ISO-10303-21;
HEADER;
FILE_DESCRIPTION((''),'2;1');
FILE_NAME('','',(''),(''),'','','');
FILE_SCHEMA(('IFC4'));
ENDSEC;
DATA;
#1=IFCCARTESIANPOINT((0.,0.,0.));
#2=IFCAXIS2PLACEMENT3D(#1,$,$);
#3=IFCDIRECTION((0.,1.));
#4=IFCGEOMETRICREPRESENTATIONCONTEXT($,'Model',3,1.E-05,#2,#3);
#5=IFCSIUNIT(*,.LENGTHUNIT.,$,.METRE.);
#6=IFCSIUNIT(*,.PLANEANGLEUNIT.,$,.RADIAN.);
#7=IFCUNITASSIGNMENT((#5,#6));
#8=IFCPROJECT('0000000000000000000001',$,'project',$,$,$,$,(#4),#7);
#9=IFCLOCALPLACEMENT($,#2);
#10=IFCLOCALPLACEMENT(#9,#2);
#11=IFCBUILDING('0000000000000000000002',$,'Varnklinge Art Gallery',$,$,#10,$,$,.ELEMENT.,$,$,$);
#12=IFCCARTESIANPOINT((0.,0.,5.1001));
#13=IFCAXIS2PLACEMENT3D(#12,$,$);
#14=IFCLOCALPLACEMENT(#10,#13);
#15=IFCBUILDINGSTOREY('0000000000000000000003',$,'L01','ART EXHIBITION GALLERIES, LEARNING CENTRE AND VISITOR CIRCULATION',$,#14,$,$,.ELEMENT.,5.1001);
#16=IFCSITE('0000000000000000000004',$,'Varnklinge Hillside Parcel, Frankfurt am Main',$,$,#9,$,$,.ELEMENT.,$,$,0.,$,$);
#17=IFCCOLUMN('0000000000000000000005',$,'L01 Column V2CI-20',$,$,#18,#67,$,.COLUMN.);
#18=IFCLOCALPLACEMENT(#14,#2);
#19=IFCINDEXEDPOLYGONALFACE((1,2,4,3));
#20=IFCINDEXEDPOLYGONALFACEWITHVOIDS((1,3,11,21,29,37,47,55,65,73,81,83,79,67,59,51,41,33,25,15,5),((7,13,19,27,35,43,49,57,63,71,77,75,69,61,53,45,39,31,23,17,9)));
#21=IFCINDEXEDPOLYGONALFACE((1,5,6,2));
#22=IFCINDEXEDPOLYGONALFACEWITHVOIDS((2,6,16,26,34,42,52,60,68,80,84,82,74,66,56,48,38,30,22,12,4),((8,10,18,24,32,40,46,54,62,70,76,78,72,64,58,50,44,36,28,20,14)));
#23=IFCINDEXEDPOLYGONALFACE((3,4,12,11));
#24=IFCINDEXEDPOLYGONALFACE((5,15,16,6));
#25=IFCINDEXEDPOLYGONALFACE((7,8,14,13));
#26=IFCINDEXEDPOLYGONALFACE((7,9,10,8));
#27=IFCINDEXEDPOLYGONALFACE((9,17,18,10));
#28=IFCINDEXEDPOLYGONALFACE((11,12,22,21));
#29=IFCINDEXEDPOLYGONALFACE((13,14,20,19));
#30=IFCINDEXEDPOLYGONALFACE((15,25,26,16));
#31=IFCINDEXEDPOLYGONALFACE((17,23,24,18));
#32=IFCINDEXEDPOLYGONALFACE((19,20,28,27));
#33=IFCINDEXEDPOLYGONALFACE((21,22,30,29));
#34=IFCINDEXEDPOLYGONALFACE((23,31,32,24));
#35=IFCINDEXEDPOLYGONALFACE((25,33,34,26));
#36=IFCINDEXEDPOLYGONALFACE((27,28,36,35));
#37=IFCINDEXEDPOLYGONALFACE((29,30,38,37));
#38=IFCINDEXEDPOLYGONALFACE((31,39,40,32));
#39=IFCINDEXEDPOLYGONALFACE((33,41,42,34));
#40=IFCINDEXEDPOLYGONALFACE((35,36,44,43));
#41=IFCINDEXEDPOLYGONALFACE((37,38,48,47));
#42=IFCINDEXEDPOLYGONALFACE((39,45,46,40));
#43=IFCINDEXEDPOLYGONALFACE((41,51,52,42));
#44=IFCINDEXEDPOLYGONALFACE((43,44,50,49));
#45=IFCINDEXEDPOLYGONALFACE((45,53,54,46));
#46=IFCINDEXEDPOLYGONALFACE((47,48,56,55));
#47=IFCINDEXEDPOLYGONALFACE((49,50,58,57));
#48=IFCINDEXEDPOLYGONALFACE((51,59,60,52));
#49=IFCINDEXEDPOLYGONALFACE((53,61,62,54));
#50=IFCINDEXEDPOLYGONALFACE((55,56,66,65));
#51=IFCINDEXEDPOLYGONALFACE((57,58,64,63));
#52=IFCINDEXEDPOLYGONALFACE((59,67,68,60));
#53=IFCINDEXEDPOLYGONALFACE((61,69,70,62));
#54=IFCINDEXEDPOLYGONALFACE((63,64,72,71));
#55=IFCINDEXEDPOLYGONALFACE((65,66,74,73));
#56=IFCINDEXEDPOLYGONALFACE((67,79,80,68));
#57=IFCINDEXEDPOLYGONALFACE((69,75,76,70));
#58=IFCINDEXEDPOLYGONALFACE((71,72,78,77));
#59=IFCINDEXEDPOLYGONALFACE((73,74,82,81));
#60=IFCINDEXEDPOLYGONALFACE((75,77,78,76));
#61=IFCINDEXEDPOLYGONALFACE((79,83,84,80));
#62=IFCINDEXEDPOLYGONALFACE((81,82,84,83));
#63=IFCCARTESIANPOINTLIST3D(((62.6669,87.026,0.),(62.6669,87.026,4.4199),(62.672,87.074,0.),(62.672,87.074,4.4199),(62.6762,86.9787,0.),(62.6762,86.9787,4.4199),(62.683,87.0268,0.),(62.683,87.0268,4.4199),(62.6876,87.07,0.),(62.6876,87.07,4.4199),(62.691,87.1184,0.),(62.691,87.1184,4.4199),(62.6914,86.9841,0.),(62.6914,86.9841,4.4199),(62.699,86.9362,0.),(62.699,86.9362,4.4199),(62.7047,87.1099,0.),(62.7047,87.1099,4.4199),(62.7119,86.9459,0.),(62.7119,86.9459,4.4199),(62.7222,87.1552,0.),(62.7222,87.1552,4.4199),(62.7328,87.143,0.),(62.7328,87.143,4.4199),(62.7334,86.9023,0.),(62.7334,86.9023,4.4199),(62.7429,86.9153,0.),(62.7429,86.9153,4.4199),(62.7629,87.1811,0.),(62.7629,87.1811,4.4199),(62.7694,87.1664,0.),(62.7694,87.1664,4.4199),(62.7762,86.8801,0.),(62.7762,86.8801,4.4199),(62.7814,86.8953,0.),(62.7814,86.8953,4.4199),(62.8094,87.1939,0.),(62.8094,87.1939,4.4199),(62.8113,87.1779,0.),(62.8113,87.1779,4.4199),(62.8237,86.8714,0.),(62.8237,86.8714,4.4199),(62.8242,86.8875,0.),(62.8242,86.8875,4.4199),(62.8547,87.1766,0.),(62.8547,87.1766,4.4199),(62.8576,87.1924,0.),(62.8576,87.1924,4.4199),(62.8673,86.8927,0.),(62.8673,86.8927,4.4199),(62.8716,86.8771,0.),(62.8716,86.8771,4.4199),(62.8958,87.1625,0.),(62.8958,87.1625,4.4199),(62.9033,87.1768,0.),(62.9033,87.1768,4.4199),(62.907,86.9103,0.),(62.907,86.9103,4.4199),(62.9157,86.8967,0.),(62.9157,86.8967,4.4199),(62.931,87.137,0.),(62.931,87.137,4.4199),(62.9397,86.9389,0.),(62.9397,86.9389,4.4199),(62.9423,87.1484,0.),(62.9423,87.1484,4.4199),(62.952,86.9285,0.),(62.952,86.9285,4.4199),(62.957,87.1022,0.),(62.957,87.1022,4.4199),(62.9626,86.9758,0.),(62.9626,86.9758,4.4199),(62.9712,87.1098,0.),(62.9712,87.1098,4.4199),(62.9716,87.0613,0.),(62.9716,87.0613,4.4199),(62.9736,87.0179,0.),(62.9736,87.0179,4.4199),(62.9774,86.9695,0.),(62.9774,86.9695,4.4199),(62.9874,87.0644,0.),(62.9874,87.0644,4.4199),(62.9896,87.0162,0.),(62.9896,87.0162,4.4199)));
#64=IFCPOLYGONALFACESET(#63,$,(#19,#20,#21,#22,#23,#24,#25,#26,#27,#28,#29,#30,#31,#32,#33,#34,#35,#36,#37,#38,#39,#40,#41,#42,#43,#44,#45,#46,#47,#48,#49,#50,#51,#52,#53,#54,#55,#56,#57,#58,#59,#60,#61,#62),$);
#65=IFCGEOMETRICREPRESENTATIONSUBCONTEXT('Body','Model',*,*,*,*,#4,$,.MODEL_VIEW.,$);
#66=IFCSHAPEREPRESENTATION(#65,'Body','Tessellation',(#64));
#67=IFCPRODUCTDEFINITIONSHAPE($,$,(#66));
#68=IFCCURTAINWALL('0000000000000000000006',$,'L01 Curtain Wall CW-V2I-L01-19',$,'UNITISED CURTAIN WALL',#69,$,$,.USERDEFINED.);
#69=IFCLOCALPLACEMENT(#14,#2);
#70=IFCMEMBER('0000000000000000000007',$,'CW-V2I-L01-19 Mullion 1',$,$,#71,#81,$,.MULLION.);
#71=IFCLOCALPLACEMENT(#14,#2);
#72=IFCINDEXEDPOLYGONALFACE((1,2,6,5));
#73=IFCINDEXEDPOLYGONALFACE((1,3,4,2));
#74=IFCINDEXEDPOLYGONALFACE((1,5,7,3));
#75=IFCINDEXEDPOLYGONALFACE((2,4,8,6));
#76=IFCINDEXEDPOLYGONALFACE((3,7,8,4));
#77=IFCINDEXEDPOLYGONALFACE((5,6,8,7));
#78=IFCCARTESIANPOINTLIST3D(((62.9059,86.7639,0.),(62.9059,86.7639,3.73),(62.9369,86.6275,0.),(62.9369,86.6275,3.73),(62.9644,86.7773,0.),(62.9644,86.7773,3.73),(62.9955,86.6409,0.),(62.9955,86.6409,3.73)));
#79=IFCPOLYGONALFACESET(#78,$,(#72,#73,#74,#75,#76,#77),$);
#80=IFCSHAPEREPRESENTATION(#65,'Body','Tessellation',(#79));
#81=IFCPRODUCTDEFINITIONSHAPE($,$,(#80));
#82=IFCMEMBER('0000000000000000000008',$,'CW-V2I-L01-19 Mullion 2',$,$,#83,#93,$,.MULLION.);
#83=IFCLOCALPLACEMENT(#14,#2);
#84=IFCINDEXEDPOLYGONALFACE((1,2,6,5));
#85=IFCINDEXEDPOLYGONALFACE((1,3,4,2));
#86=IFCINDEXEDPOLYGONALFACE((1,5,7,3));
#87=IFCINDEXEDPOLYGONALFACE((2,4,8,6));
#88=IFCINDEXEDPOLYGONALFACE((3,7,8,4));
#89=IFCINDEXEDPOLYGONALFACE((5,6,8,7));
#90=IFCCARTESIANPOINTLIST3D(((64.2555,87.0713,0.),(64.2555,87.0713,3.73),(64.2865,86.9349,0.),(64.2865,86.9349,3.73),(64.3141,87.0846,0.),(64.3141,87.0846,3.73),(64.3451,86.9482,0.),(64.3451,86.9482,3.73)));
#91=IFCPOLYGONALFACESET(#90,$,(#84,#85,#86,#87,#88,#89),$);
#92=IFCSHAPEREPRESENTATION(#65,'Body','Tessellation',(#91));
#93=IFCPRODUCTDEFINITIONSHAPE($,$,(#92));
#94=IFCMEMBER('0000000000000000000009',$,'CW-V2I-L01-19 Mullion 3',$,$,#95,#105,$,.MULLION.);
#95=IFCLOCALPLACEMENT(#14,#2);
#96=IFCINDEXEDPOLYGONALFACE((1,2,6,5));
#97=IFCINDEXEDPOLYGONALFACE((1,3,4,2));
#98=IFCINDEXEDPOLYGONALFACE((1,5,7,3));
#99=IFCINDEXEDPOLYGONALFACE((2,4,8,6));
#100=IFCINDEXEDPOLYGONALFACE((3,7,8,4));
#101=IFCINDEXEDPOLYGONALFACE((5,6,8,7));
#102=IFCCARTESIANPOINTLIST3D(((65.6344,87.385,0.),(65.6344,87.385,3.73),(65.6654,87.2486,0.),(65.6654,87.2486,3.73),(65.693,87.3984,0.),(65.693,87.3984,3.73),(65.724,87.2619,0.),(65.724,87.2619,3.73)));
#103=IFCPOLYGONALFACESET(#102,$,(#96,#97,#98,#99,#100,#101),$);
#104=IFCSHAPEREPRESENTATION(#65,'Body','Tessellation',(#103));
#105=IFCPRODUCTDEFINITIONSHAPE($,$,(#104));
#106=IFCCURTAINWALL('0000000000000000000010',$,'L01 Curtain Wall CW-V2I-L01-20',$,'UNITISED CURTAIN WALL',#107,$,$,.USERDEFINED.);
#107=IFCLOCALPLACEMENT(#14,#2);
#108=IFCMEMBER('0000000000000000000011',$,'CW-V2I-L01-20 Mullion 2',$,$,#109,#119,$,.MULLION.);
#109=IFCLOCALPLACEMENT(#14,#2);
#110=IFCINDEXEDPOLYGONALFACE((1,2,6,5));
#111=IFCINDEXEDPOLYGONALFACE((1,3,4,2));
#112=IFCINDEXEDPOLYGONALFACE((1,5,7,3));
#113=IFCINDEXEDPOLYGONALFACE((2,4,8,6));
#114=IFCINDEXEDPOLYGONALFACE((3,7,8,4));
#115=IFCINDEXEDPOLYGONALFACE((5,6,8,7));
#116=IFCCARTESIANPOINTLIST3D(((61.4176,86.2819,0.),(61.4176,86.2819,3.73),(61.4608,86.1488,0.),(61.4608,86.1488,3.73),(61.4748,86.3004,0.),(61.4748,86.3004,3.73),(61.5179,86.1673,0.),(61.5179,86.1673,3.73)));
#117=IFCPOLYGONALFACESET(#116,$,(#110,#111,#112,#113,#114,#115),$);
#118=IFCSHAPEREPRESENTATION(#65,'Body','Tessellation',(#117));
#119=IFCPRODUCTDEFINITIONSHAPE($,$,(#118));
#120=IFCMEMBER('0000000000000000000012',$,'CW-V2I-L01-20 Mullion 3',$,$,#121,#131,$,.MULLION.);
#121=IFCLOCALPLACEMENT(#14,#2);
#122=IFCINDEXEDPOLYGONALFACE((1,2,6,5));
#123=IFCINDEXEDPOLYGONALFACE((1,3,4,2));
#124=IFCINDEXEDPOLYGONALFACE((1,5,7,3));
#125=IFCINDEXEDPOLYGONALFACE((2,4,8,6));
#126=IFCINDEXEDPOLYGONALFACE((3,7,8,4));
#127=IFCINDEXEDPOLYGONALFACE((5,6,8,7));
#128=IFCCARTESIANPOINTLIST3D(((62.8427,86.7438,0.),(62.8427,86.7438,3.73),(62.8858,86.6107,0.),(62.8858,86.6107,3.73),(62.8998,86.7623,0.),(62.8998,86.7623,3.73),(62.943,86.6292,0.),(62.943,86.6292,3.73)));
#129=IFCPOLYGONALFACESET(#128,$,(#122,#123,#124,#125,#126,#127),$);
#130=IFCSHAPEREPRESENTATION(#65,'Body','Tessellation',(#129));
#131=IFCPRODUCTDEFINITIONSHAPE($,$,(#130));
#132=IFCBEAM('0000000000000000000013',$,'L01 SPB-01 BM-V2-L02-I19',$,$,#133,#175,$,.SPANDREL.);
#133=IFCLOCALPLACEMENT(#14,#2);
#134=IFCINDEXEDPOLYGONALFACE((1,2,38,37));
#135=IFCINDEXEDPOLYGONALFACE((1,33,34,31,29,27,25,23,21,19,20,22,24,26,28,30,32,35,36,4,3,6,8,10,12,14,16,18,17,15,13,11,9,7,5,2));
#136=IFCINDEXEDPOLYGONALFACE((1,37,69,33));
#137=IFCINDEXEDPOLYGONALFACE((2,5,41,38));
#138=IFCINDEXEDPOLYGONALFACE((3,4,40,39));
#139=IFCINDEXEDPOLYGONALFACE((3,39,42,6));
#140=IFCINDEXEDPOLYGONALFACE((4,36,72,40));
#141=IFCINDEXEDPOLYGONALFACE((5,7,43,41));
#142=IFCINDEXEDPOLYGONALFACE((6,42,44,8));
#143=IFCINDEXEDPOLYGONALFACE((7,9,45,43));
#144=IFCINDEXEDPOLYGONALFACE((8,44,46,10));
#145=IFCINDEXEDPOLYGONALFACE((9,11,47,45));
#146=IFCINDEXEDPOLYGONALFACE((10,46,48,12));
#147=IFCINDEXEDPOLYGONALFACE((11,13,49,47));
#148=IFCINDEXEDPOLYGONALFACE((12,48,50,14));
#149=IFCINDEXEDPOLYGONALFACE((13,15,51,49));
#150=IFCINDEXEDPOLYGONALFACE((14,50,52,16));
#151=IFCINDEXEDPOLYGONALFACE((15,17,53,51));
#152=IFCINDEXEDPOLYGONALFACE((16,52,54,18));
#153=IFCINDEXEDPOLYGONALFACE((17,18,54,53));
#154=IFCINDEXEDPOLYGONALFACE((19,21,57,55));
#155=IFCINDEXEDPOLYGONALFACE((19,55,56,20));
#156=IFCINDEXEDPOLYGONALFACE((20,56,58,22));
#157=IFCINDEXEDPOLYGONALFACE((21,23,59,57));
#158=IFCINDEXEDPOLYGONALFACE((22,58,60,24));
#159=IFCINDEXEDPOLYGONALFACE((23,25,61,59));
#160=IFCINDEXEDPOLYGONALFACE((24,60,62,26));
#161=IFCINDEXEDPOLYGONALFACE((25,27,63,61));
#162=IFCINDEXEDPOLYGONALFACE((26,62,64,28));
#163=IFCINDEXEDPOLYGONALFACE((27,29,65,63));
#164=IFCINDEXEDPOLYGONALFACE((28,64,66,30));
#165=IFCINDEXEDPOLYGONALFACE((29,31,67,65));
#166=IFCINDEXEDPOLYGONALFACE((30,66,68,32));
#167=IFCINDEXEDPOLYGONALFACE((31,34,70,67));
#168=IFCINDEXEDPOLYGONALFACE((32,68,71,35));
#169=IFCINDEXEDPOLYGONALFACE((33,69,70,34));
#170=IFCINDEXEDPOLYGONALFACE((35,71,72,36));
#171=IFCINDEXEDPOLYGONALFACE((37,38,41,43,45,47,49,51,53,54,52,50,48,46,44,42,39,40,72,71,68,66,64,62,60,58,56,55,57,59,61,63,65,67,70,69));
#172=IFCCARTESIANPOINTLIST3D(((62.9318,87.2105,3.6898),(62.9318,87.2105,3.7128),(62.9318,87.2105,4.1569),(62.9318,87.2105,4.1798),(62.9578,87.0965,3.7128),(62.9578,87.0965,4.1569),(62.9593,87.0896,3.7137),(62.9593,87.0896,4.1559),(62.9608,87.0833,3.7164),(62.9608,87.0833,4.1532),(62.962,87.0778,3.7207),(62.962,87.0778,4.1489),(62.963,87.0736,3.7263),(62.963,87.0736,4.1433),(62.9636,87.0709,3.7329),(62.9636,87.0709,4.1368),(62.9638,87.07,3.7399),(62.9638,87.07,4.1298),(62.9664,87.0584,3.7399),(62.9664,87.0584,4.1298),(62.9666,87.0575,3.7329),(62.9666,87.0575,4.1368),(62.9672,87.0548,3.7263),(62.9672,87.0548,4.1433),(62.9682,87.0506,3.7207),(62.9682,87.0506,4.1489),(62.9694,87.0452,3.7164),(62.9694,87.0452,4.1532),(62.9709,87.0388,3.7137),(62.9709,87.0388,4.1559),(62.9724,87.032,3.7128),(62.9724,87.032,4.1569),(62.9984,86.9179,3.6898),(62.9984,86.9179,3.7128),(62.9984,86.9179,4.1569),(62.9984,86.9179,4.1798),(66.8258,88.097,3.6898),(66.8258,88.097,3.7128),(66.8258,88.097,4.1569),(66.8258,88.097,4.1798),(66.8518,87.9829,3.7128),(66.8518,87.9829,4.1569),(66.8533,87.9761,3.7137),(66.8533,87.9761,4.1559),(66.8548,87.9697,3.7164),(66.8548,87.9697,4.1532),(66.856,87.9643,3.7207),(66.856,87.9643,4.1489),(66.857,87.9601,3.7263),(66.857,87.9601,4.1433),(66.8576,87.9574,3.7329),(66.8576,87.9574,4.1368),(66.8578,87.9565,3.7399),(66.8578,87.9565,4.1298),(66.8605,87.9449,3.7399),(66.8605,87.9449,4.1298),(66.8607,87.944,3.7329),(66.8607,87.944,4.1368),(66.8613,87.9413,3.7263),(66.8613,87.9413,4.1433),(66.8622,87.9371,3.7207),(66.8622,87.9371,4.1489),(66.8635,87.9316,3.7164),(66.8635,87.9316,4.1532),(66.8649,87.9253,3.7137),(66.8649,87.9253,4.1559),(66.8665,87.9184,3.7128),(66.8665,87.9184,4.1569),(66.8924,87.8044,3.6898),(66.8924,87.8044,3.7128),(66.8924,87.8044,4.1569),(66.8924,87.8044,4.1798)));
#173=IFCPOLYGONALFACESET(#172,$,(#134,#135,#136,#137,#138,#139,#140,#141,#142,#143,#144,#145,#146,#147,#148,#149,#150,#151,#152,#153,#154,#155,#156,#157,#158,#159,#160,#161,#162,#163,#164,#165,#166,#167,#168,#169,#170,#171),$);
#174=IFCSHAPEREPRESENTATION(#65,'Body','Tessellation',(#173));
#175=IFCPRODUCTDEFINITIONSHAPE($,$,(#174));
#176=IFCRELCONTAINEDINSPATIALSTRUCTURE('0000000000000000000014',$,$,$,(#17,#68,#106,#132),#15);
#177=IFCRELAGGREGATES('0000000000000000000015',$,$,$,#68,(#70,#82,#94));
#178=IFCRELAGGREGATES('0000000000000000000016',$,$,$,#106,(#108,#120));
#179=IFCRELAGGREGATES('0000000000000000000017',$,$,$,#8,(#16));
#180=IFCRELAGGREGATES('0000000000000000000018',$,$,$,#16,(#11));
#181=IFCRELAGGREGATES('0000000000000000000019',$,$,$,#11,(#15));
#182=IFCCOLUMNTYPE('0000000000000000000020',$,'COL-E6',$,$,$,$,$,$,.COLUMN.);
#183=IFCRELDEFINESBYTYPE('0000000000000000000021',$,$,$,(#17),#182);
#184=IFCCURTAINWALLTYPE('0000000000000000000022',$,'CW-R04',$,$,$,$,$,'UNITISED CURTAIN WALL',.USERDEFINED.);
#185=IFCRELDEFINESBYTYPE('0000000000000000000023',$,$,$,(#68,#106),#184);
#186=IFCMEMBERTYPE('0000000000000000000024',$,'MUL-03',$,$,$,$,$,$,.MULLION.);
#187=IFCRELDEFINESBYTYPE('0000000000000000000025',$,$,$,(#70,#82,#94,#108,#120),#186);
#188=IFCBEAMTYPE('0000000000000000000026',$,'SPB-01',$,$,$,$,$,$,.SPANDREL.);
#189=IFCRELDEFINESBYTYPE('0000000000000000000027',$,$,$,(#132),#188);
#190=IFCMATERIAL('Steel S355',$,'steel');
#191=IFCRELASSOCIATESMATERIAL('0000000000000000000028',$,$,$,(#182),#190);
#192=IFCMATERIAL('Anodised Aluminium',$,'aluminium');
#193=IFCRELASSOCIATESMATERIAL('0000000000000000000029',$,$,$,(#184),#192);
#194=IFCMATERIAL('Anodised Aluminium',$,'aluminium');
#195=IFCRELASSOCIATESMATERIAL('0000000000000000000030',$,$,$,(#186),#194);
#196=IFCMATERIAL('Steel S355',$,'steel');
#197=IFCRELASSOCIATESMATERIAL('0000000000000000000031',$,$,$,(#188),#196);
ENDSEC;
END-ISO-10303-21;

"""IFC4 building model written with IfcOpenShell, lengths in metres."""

from ifc_helpers import new_model, si_unit, direction, frame, origin, origin_2d, place, context, subcontext, project, spatial, rectangle, hollow_circle, i_section, extrude, material, material_profile, profile_set, type_object, element, aggregate, save


model = new_model("IFC4")

# Units and contexts
model_context = context("Model", 3, precision=1e-05, world=origin(), true_north=direction((0.0, 1.0)))
body_context = subcontext(model_context, "Body", "Model", "MODEL_VIEW")
ifc_project = project(units=[si_unit("LENGTHUNIT", "METRE"), si_unit("PLANEANGLEUNIT", "RADIAN")], contexts=[model_context])

# Site, building, storey
site_placement = place(None, origin())
site = spatial("IfcSite", under=ifc_project, at=site_placement, Name="Varnklinge Hillside Parcel, Frankfurt am Main", CompositionType="ELEMENT", RefElevation=0.0)
building_placement = place(site_placement, origin())
building = spatial("IfcBuilding", under=site, at=building_placement, Name="Varnklinge Art Gallery", CompositionType="ELEMENT")
storey_placement = place(building_placement, frame((0.0, 0.0, 5.1001)))
storey = spatial("IfcBuildingStorey", under=building, at=storey_placement, Name="L01", Description="ART EXHIBITION GALLERIES, LEARNING CENTRE AND VISITOR CIRCULATION", CompositionType="ELEMENT", Elevation=5.1001)

# Column
ifc_material_1 = material(Name="Steel S355", Category="steel")
ifc_material_profile_1 = material_profile(ifc_material_1, hollow_circle(Radius=0.1619, WallThickness=0.0161, at=origin_2d()), Name="CHS 323.9x16")
ifc_profile_set_1 = profile_set([ifc_material_profile_1], Name="Steel S355")
column_type = type_object("IfcColumnType", Name="COL-E6", PredefinedType="COLUMN", material=ifc_profile_set_1)
column_placement = place(storey_placement, frame((62.8286, 87.0332, 0.0), z_axis=(0.0, 0.0, 1.0), x_axis=(0.265388, -0.964142, 0.0)))
element("IfcColumn", 1, at=column_placement, inside=storey, type_object=column_type, Name="L01 Column V2CI-20", PredefinedType="COLUMN", context=body_context, shape_type="SweptSolid", body=[
    extrude(hollow_circle(Radius=0.1619, WallThickness=0.0161, at=origin_2d()), origin(), (0.0, 0.0, 1.0), 4.4199),
])

# Curtain walls, members
ifc_material_2 = material(Name="Anodised Aluminium", Category="aluminium")
curtain_wall_type = type_object("IfcCurtainWallType", Name="CW-R04", ElementType="UNITISED CURTAIN WALL", PredefinedType="USERDEFINED", material=ifc_material_2)
curtain_wall_1_placement = place(storey_placement, origin())
curtain_wall_1 = element("IfcCurtainWall", 2, at=curtain_wall_1_placement, inside=storey, type_object=curtain_wall_type, Name="L01 Curtain Wall CW-V2I-L01-19", ObjectType="UNITISED CURTAIN WALL", PredefinedType="USERDEFINED")
ifc_material_3 = material(Name="Anodised Aluminium", Category="aluminium")
ifc_material_profile_2 = material_profile(ifc_material_3, rectangle(XDim=0.0601, YDim=0.1399, at=origin_2d()), Name="ALU 60x140")
ifc_profile_set_2 = profile_set([ifc_material_profile_2], Name="Anodised Aluminium")
member_type_1 = type_object("IfcMemberType", Name="MUL-03", PredefinedType="MULLION", material=ifc_profile_set_2)
member_1_placement = place(storey_placement, frame((62.9507, 86.7024, 0.0), z_axis=(0.0, 0.0, 1.0), x_axis=(0.975072, 0.221889, 0.0)))
member_1 = element("IfcMember", 3, at=member_1_placement, type_object=member_type_1, Name="CW-V2I-L01-19 Mullion 1", PredefinedType="MULLION", context=body_context, shape_type="SweptSolid", body=[
    extrude(rectangle(XDim=0.0601, YDim=0.1399, at=origin_2d()), origin(), (0.0, 0.0, 1.0), 3.73),
])
member_2_placement = place(storey_placement, frame((64.3003, 87.0098, 0.0), z_axis=(0.0, 0.0, 1.0), x_axis=(0.975072, 0.221889, 0.0)))
member_2 = element("IfcMember", 4, at=member_2_placement, type_object=member_type_1, Name="CW-V2I-L01-19 Mullion 2", PredefinedType="MULLION", context=body_context, shape_type="SweptSolid", body=[
    extrude(rectangle(XDim=0.0601, YDim=0.1399, at=origin_2d()), origin(), (0.0, 0.0, 1.0), 3.73),
])
member_3_placement = place(storey_placement, frame((65.6792, 87.3235, 0.0), z_axis=(0.0, 0.0, 1.0), x_axis=(0.975072, 0.221889, 0.0)))
member_3 = element("IfcMember", 5, at=member_3_placement, type_object=member_type_1, Name="CW-V2I-L01-19 Mullion 3", PredefinedType="MULLION", context=body_context, shape_type="SweptSolid", body=[
    extrude(rectangle(XDim=0.0601, YDim=0.1399, at=origin_2d()), origin(), (0.0, 0.0, 1.0), 3.73),
])
curtain_wall_2_placement = place(storey_placement, origin())
curtain_wall_2 = element("IfcCurtainWall", 6, at=curtain_wall_2_placement, inside=storey, type_object=curtain_wall_type, Name="L01 Curtain Wall CW-V2I-L01-20", ObjectType="UNITISED CURTAIN WALL", PredefinedType="USERDEFINED")
member_4_placement = place(storey_placement, frame((61.4678, 86.2246, 0.0), z_axis=(0.0, 0.0, 1.0), x_axis=(0.951272, 0.308353, 0.0)))
member_4 = element("IfcMember", 7, at=member_4_placement, type_object=member_type_1, Name="CW-V2I-L01-20 Mullion 2", PredefinedType="MULLION", context=body_context, shape_type="SweptSolid", body=[
    extrude(rectangle(XDim=0.0601, YDim=0.1399, at=origin_2d()), origin(), (0.0, 0.0, 1.0), 3.73),
])
member_5_placement = place(storey_placement, frame((62.8928, 86.6865, 0.0), z_axis=(0.0, 0.0, 1.0), x_axis=(0.951272, 0.308353, 0.0)))
member_5 = element("IfcMember", 8, at=member_5_placement, type_object=member_type_1, Name="CW-V2I-L01-20 Mullion 3", PredefinedType="MULLION", context=body_context, shape_type="SweptSolid", body=[
    extrude(rectangle(XDim=0.0601, YDim=0.1399, at=origin_2d()), origin(), (0.0, 0.0, 1.0), 3.73),
])

# Beam
ifc_material_4 = material(Name="Steel S355", Category="steel")
ifc_material_profile_3 = material_profile(ifc_material_4, i_section(OverallWidth=0.3, OverallDepth=0.49, WebThickness=0.012, FlangeThickness=0.0229, FilletRadius=0.0271, at=origin_2d()), Name="HEA 500")
ifc_profile_set_3 = profile_set([ifc_material_profile_3], Name="Steel S355")
beam_type = type_object("IfcBeamType", Name="SPB-01", PredefinedType="SPANDREL", material=ifc_profile_set_3)
beam_1_placement = place(storey_placement, frame((66.8591, 87.9507, 3.9348), z_axis=(-0.975054, -0.22197, 0.0), x_axis=(0.22197, -0.975054, 0.0)))
element("IfcBeam", 9, at=beam_1_placement, inside=storey, type_object=beam_type, Name="L01 SPB-01 BM-V2-L02-I19", PredefinedType="SPANDREL", context=body_context, shape_type="SweptSolid", body=[
    extrude(i_section(OverallWidth=0.3, OverallDepth=0.49, WebThickness=0.012, FlangeThickness=0.0229, FilletRadius=0.0271, at=origin_2d()), origin(), (0.0, 0.0, 1.0), 3.9937),
])

aggregate(curtain_wall_1, [member_1, member_2, member_3])
aggregate(curtain_wall_2, [member_4, member_5])

save(model, "model.ifc")
